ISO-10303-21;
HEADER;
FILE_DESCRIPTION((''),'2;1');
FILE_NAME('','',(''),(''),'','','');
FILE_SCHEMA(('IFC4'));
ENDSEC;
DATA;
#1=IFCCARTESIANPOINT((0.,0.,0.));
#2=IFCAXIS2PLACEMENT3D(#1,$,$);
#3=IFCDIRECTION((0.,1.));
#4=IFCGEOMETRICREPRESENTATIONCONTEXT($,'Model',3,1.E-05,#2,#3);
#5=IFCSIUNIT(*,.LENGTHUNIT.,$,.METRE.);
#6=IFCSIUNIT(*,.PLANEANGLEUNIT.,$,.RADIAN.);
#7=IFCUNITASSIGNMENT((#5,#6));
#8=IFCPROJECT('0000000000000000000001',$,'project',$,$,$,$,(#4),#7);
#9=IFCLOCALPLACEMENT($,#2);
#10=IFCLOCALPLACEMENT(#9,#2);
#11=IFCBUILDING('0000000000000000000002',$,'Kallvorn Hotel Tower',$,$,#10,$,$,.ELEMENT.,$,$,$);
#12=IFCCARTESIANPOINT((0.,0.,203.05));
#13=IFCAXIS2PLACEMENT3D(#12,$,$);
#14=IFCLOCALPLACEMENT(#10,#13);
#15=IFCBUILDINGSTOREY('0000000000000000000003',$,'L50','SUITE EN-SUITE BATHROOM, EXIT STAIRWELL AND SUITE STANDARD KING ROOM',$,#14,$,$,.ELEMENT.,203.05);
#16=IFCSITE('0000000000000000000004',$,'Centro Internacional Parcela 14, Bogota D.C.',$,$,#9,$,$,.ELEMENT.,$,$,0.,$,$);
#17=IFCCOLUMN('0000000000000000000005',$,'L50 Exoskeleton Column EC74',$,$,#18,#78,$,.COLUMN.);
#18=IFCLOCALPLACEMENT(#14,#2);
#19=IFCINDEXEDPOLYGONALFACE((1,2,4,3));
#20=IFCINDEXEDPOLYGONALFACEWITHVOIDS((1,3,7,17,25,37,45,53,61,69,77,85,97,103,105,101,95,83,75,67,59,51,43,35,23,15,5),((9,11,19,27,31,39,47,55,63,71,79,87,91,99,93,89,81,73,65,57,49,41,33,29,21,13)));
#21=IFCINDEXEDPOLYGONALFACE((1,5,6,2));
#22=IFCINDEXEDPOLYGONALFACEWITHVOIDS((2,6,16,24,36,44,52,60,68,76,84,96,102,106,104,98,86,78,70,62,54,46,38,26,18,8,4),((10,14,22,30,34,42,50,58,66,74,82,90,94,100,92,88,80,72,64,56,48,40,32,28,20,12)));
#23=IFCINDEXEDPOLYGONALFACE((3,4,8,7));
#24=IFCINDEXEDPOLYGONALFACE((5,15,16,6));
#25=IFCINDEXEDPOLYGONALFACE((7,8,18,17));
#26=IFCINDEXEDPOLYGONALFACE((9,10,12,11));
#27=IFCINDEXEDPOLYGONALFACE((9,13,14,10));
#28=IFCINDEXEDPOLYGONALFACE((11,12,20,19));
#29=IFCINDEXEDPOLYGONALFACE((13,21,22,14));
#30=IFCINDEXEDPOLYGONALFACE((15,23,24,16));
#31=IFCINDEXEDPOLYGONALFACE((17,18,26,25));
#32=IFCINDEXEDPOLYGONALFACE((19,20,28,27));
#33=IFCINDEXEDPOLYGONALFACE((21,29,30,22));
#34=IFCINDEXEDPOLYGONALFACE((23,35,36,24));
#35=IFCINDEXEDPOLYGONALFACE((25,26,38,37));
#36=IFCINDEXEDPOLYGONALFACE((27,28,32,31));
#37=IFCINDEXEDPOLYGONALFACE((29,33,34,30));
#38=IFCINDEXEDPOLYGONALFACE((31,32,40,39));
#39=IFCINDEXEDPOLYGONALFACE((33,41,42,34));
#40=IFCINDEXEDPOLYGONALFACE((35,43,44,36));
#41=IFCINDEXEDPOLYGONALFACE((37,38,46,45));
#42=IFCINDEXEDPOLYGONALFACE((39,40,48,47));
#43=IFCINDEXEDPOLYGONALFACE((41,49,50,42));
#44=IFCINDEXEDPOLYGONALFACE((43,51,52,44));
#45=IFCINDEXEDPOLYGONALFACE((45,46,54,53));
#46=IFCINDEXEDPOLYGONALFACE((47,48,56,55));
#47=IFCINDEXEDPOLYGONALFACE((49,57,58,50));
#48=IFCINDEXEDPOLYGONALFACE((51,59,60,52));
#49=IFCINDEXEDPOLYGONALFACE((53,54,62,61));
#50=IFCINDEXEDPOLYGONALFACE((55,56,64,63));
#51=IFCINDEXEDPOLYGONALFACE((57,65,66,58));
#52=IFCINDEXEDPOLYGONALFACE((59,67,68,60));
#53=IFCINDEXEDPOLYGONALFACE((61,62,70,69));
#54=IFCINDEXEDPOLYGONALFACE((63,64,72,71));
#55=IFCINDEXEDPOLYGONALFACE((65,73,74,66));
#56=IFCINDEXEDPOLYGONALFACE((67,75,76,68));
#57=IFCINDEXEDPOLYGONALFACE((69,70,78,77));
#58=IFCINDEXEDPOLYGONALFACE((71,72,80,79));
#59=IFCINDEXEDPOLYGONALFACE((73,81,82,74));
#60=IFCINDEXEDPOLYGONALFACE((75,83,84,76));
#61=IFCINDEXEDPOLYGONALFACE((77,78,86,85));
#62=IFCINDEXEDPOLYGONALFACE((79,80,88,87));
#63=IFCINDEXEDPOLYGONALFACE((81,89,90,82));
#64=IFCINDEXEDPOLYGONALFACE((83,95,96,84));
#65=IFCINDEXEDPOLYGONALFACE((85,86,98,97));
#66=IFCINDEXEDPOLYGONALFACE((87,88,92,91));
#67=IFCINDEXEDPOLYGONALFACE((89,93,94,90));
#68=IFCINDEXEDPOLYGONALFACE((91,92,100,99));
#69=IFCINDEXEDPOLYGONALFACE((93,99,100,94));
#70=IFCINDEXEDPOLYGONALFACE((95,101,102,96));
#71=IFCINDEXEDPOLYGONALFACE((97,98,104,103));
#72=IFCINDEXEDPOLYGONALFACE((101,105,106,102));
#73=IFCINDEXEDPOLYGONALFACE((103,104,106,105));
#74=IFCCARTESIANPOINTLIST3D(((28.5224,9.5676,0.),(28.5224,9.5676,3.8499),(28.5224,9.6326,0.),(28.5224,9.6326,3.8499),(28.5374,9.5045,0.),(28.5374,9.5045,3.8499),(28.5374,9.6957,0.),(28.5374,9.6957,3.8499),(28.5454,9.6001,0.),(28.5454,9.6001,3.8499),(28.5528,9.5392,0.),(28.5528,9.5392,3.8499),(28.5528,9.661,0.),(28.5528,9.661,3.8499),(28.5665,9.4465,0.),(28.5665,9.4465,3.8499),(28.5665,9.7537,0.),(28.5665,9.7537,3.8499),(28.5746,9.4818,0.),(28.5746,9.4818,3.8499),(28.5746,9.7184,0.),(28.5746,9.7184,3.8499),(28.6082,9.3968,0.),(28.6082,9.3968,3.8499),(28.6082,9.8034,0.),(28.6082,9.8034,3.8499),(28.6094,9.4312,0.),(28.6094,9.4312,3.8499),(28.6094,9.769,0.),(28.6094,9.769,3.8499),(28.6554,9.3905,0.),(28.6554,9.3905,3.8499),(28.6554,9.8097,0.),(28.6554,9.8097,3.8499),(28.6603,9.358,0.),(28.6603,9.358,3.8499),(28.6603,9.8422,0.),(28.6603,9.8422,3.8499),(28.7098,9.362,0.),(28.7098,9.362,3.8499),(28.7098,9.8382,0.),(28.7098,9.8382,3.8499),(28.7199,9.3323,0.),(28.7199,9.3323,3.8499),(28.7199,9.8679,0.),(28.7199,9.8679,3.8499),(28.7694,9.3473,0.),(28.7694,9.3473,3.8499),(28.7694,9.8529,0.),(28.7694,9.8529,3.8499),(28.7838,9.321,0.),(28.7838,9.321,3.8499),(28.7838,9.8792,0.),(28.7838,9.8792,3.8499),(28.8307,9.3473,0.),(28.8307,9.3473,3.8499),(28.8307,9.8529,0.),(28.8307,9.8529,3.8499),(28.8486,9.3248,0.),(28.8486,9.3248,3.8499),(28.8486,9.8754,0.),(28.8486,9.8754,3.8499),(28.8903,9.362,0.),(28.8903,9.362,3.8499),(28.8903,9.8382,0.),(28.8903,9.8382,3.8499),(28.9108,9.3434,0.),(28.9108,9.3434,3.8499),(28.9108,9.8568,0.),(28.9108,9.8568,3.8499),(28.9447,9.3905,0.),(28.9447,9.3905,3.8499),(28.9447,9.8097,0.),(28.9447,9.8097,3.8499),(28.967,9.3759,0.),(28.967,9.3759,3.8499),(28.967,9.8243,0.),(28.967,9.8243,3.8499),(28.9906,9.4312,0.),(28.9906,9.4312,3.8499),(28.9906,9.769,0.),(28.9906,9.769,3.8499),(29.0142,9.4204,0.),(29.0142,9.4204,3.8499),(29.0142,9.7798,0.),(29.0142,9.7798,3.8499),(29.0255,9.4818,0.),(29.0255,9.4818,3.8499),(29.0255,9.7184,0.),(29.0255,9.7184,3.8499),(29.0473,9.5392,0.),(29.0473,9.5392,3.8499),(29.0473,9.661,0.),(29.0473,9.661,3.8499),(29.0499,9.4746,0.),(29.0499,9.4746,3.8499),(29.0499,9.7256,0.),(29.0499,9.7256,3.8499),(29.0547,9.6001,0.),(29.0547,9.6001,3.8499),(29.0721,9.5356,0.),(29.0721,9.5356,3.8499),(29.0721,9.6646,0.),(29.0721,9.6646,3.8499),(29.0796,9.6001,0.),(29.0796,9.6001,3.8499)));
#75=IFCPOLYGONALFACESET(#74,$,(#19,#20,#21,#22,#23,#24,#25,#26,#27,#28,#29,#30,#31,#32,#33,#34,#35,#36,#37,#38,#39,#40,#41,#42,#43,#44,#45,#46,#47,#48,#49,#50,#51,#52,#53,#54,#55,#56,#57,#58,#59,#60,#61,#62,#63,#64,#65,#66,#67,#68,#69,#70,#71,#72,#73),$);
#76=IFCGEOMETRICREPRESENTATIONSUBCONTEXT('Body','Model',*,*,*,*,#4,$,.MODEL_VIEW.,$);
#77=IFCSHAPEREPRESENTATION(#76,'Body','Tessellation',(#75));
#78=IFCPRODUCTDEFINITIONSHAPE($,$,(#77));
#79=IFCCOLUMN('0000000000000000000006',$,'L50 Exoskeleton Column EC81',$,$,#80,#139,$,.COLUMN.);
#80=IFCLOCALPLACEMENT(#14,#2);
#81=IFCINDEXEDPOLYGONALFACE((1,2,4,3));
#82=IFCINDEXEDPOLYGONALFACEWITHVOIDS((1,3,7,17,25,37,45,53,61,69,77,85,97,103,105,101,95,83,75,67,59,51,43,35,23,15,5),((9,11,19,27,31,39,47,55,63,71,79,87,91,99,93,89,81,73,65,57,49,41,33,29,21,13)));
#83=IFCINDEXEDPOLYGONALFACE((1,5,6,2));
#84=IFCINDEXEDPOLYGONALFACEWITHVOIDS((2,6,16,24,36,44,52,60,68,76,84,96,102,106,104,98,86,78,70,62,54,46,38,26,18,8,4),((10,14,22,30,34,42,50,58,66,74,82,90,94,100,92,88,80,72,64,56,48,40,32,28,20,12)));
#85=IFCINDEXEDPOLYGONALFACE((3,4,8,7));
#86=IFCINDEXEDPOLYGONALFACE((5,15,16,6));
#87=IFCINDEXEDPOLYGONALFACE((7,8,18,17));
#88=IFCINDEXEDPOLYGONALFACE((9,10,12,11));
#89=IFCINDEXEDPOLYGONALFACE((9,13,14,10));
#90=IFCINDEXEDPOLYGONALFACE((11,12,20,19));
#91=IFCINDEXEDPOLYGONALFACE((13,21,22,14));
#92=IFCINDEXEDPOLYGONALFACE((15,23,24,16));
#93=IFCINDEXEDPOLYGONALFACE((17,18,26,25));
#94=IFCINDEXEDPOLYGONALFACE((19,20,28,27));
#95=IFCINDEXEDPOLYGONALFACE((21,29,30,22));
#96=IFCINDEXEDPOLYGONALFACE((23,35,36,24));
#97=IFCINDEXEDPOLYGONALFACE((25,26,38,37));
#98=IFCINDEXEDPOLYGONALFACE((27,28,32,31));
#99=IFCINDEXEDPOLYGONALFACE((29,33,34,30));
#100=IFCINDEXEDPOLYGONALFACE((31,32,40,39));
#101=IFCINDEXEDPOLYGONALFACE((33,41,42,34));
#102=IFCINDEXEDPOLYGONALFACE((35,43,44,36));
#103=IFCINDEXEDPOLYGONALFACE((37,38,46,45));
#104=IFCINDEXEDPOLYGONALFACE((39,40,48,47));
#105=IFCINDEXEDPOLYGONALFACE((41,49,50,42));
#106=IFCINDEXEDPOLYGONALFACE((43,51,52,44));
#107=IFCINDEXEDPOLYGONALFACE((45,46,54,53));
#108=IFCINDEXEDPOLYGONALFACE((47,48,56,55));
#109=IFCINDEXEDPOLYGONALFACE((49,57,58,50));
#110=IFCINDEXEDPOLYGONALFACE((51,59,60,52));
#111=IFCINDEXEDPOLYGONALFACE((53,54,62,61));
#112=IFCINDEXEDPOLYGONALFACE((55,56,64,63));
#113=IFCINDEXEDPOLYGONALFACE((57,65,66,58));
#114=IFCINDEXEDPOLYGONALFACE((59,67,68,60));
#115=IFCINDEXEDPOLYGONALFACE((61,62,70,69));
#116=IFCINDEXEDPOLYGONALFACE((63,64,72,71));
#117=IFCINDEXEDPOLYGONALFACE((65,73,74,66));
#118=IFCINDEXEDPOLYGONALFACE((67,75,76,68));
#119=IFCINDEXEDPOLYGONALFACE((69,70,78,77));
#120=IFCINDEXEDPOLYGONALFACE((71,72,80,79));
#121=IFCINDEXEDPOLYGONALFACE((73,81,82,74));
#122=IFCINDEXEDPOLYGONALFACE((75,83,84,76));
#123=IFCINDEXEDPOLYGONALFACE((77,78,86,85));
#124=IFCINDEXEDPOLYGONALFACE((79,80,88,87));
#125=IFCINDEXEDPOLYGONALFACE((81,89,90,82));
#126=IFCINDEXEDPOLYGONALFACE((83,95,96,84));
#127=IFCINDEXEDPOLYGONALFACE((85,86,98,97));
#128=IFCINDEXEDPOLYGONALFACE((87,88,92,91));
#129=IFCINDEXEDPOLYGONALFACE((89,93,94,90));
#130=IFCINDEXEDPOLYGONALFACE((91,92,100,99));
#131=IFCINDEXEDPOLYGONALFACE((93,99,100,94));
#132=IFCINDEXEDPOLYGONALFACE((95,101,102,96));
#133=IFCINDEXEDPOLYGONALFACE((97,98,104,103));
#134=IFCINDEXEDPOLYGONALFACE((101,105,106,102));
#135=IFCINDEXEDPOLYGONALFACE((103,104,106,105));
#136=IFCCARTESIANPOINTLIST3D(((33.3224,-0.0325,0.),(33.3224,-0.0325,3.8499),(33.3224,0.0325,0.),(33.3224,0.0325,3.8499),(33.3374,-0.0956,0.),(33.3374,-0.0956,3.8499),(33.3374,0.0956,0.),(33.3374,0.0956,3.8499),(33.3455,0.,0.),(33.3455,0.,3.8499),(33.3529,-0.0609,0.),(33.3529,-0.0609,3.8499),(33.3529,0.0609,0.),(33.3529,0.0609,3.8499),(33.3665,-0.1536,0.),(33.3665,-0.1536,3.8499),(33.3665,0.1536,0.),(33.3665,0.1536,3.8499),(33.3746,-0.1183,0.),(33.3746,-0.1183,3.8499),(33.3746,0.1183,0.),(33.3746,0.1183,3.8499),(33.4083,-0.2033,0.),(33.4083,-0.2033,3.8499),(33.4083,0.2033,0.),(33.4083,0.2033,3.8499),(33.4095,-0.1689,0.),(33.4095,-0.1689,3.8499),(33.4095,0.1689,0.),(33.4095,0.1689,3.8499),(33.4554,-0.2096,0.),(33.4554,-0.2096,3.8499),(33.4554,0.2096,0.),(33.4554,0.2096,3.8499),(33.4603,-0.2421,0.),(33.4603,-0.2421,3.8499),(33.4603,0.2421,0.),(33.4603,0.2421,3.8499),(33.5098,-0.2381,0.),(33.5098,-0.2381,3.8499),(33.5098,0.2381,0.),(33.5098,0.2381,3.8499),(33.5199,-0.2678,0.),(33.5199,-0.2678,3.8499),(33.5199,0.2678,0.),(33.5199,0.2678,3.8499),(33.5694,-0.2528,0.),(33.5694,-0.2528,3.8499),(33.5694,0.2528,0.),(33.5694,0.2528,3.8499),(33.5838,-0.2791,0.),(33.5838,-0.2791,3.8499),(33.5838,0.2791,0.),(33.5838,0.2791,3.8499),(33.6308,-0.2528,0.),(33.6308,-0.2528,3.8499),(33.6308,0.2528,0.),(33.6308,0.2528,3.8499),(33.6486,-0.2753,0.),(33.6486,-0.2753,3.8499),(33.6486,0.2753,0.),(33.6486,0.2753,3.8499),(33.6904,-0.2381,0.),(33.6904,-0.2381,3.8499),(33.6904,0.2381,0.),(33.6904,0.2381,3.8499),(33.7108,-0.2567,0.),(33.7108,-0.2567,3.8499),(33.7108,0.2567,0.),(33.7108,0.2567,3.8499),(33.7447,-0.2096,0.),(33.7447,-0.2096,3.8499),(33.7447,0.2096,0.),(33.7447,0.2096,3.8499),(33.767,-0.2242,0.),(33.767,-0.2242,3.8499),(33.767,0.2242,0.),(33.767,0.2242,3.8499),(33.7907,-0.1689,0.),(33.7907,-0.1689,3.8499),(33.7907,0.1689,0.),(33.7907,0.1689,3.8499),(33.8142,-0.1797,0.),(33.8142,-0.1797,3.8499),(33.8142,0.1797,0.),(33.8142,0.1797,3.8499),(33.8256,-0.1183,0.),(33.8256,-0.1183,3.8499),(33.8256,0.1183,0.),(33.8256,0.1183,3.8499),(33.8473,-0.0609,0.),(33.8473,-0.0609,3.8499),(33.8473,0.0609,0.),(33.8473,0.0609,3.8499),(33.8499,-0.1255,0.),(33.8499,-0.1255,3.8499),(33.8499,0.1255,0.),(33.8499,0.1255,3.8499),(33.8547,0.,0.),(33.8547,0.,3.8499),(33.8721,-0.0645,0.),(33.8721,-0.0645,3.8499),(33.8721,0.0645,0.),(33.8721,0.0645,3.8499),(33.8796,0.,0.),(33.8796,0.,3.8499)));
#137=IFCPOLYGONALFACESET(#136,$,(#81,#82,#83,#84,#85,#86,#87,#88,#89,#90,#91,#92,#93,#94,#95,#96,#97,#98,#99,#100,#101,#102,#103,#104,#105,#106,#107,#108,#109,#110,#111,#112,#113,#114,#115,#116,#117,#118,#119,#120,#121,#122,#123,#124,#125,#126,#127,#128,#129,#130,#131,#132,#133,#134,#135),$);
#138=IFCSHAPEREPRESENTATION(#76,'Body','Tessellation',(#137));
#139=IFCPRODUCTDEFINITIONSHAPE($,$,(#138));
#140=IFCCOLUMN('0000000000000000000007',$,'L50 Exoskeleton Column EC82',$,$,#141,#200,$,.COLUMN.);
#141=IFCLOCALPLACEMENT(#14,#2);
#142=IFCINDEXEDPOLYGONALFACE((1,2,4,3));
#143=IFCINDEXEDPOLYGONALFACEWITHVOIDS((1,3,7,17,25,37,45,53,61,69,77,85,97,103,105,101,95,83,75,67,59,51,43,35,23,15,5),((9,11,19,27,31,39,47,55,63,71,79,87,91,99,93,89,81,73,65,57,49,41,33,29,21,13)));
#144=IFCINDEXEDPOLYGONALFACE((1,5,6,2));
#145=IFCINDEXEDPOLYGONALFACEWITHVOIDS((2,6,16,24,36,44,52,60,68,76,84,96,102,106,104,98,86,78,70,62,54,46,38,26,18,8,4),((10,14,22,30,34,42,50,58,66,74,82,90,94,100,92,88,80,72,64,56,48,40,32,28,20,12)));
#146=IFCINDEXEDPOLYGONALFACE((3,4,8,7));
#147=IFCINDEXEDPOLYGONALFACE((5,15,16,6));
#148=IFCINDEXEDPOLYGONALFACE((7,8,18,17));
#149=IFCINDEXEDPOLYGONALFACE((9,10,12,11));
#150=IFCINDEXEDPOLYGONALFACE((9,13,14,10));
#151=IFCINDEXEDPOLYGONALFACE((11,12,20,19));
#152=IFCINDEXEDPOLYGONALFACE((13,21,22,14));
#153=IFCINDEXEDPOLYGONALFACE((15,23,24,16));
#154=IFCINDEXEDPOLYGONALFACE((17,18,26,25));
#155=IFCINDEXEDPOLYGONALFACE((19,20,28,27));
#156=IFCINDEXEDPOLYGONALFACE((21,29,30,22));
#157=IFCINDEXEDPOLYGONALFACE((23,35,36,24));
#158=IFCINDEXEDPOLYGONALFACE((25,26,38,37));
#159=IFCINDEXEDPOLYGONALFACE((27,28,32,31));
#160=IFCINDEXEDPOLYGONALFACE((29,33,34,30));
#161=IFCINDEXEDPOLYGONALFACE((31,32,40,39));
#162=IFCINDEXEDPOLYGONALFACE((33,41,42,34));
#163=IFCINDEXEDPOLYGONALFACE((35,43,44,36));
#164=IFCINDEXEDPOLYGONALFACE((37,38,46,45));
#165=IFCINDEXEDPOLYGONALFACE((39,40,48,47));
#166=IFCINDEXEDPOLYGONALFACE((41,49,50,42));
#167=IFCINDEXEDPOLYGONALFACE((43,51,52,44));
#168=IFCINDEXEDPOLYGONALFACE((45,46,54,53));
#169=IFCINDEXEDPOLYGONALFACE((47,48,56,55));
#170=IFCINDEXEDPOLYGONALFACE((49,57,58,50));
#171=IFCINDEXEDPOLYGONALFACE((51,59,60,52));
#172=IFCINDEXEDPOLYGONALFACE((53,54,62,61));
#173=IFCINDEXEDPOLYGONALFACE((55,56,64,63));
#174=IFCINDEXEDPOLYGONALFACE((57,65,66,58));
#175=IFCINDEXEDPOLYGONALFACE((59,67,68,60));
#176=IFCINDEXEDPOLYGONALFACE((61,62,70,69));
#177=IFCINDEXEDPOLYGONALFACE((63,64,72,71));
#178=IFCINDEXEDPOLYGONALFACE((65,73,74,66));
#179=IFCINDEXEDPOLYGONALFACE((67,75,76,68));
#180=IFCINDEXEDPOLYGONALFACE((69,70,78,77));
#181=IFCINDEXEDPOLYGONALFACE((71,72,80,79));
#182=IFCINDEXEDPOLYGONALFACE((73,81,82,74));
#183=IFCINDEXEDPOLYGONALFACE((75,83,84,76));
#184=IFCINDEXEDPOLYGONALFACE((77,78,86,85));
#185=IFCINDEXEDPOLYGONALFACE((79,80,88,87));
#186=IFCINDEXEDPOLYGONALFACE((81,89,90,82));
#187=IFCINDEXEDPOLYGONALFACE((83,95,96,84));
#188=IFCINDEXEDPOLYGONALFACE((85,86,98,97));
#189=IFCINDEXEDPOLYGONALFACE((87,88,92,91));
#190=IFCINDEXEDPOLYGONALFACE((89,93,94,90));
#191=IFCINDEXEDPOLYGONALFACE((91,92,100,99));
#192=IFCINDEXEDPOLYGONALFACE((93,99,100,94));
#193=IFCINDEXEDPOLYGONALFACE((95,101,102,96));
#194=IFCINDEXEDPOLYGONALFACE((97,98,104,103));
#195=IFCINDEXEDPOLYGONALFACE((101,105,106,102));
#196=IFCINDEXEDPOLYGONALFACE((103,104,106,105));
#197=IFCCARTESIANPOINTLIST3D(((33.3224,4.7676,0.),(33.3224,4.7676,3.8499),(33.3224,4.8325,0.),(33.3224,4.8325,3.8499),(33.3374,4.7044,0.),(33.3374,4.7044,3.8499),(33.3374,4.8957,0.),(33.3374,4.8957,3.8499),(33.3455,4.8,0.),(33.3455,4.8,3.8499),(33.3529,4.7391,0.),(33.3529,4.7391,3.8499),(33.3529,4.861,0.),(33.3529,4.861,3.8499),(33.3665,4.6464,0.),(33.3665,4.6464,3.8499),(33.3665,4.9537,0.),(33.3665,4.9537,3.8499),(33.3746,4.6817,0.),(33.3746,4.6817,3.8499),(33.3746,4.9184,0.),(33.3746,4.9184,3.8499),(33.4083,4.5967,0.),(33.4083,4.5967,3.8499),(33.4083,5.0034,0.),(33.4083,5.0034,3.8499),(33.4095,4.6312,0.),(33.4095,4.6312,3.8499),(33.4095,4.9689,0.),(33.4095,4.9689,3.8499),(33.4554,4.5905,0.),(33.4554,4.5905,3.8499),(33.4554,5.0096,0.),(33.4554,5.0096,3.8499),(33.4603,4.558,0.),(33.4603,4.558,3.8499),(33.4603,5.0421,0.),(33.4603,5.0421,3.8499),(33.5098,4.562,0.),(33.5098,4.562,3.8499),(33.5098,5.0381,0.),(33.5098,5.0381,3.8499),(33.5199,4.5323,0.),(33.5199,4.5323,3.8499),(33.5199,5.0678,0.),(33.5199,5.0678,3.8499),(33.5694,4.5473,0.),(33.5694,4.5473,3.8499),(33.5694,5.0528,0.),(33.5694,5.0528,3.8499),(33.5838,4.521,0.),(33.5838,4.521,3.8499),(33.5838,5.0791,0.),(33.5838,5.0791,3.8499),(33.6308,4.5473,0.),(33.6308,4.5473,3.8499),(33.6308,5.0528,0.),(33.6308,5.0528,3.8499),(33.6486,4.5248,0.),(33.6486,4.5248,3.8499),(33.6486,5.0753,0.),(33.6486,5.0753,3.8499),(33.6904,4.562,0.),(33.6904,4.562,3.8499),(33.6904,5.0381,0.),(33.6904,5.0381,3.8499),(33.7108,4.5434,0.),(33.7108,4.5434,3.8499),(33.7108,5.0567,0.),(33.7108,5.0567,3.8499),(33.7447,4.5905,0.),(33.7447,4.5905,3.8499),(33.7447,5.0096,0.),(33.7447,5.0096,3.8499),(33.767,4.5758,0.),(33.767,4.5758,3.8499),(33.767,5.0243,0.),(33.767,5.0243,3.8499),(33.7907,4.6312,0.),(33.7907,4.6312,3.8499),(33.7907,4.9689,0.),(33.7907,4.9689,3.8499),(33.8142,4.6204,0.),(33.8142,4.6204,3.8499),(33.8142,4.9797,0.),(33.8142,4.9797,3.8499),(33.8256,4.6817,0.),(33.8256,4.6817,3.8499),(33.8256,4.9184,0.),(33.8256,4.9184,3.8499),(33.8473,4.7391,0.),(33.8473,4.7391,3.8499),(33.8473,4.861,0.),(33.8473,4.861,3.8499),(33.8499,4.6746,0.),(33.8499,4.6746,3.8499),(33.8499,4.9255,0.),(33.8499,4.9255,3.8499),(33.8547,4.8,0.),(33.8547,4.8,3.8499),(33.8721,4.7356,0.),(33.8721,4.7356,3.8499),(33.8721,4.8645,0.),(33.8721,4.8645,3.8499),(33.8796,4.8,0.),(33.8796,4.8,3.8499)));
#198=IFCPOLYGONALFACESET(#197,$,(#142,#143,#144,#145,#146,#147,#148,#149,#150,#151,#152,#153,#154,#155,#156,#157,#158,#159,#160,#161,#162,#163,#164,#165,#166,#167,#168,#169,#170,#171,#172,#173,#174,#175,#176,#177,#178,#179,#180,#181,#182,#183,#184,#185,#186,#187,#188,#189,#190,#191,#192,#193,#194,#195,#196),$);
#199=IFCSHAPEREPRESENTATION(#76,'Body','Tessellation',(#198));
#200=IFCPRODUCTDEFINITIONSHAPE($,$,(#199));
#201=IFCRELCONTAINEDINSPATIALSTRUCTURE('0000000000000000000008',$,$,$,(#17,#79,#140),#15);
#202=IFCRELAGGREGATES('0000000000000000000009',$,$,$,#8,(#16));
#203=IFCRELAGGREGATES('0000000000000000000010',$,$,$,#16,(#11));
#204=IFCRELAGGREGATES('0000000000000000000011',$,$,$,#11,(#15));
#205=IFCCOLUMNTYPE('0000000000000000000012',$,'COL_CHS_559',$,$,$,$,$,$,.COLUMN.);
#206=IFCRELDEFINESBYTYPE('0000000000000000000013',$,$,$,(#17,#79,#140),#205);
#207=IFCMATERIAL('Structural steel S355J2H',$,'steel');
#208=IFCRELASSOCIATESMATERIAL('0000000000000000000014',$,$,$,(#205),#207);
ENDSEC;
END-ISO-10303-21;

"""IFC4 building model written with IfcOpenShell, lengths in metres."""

from ifc_helpers import new_model, si_unit, direction, frame, origin, origin_2d, place, context, subcontext, project, spatial, hollow_circle, extrude, material, material_profile, profile_set, type_object, element, save


model = new_model("IFC4")

# Units and contexts
model_context = context("Model", 3, precision=1e-05, world=origin(), true_north=direction((0.0, 1.0)))
body_context = subcontext(model_context, "Body", "Model", "MODEL_VIEW")
ifc_project = project(units=[si_unit("LENGTHUNIT", "METRE"), si_unit("PLANEANGLEUNIT", "RADIAN")], contexts=[model_context])

# Site, building, storey
site_placement = place(None, origin())
site = spatial("IfcSite", under=ifc_project, at=site_placement, Name="Centro Internacional Parcela 14, Bogota D.C.", CompositionType="ELEMENT", RefElevation=0.0)
building_placement = place(site_placement, origin())
building = spatial("IfcBuilding", under=site, at=building_placement, Name="Kallvorn Hotel Tower", CompositionType="ELEMENT")
storey_placement = place(building_placement, frame((0.0, 0.0, 203.05)))
storey = spatial("IfcBuildingStorey", under=building, at=storey_placement, Name="L50", Description="SUITE EN-SUITE BATHROOM, EXIT STAIRWELL AND SUITE STANDARD KING ROOM", CompositionType="ELEMENT", Elevation=203.05)

# Columns
ifc_material_1 = material(Name="Structural steel S355J2H", Category="steel")
ifc_material_profile_1 = material_profile(ifc_material_1, hollow_circle(Radius=0.2795, WallThickness=0.0249, at=origin_2d()), Name="CHS 559x25")
ifc_profile_set_1 = profile_set([ifc_material_profile_1], Name="Structural steel S355J2H")
column_type_1 = type_object("IfcColumnType", Name="COL_CHS_559", PredefinedType="COLUMN", material=ifc_profile_set_1)
for number, where, z_axis, x_axis, name in (
    (1, (28.8, 9.6001, 0.0), (0.0, 0.0, 1.0), (1.0, 0.0, 0.0), "L50 Exoskeleton Column EC74"),
    (2, (33.6001, 0.0, 0.0), (0.0, 0.0, 1.0), (1.0, 0.0, 0.0), "L50 Exoskeleton Column EC81"),
    (3, (33.6001, 4.8, 0.0), (0.0, 0.0, 1.0), (1.0, 0.0, 0.0), "L50 Exoskeleton Column EC82"),
):
    element("IfcColumn", number, at=place(storey_placement, frame(where, z_axis=z_axis, x_axis=x_axis)), inside=storey, type_object=column_type_1, Name=name, PredefinedType="COLUMN", context=body_context, shape_type="SweptSolid", body=[
        extrude(hollow_circle(Radius=0.2795, WallThickness=0.0249, at=origin_2d()), origin(), (0.0, 0.0, 1.0), 3.8499),
    ])

save(model, "model.ifc")
